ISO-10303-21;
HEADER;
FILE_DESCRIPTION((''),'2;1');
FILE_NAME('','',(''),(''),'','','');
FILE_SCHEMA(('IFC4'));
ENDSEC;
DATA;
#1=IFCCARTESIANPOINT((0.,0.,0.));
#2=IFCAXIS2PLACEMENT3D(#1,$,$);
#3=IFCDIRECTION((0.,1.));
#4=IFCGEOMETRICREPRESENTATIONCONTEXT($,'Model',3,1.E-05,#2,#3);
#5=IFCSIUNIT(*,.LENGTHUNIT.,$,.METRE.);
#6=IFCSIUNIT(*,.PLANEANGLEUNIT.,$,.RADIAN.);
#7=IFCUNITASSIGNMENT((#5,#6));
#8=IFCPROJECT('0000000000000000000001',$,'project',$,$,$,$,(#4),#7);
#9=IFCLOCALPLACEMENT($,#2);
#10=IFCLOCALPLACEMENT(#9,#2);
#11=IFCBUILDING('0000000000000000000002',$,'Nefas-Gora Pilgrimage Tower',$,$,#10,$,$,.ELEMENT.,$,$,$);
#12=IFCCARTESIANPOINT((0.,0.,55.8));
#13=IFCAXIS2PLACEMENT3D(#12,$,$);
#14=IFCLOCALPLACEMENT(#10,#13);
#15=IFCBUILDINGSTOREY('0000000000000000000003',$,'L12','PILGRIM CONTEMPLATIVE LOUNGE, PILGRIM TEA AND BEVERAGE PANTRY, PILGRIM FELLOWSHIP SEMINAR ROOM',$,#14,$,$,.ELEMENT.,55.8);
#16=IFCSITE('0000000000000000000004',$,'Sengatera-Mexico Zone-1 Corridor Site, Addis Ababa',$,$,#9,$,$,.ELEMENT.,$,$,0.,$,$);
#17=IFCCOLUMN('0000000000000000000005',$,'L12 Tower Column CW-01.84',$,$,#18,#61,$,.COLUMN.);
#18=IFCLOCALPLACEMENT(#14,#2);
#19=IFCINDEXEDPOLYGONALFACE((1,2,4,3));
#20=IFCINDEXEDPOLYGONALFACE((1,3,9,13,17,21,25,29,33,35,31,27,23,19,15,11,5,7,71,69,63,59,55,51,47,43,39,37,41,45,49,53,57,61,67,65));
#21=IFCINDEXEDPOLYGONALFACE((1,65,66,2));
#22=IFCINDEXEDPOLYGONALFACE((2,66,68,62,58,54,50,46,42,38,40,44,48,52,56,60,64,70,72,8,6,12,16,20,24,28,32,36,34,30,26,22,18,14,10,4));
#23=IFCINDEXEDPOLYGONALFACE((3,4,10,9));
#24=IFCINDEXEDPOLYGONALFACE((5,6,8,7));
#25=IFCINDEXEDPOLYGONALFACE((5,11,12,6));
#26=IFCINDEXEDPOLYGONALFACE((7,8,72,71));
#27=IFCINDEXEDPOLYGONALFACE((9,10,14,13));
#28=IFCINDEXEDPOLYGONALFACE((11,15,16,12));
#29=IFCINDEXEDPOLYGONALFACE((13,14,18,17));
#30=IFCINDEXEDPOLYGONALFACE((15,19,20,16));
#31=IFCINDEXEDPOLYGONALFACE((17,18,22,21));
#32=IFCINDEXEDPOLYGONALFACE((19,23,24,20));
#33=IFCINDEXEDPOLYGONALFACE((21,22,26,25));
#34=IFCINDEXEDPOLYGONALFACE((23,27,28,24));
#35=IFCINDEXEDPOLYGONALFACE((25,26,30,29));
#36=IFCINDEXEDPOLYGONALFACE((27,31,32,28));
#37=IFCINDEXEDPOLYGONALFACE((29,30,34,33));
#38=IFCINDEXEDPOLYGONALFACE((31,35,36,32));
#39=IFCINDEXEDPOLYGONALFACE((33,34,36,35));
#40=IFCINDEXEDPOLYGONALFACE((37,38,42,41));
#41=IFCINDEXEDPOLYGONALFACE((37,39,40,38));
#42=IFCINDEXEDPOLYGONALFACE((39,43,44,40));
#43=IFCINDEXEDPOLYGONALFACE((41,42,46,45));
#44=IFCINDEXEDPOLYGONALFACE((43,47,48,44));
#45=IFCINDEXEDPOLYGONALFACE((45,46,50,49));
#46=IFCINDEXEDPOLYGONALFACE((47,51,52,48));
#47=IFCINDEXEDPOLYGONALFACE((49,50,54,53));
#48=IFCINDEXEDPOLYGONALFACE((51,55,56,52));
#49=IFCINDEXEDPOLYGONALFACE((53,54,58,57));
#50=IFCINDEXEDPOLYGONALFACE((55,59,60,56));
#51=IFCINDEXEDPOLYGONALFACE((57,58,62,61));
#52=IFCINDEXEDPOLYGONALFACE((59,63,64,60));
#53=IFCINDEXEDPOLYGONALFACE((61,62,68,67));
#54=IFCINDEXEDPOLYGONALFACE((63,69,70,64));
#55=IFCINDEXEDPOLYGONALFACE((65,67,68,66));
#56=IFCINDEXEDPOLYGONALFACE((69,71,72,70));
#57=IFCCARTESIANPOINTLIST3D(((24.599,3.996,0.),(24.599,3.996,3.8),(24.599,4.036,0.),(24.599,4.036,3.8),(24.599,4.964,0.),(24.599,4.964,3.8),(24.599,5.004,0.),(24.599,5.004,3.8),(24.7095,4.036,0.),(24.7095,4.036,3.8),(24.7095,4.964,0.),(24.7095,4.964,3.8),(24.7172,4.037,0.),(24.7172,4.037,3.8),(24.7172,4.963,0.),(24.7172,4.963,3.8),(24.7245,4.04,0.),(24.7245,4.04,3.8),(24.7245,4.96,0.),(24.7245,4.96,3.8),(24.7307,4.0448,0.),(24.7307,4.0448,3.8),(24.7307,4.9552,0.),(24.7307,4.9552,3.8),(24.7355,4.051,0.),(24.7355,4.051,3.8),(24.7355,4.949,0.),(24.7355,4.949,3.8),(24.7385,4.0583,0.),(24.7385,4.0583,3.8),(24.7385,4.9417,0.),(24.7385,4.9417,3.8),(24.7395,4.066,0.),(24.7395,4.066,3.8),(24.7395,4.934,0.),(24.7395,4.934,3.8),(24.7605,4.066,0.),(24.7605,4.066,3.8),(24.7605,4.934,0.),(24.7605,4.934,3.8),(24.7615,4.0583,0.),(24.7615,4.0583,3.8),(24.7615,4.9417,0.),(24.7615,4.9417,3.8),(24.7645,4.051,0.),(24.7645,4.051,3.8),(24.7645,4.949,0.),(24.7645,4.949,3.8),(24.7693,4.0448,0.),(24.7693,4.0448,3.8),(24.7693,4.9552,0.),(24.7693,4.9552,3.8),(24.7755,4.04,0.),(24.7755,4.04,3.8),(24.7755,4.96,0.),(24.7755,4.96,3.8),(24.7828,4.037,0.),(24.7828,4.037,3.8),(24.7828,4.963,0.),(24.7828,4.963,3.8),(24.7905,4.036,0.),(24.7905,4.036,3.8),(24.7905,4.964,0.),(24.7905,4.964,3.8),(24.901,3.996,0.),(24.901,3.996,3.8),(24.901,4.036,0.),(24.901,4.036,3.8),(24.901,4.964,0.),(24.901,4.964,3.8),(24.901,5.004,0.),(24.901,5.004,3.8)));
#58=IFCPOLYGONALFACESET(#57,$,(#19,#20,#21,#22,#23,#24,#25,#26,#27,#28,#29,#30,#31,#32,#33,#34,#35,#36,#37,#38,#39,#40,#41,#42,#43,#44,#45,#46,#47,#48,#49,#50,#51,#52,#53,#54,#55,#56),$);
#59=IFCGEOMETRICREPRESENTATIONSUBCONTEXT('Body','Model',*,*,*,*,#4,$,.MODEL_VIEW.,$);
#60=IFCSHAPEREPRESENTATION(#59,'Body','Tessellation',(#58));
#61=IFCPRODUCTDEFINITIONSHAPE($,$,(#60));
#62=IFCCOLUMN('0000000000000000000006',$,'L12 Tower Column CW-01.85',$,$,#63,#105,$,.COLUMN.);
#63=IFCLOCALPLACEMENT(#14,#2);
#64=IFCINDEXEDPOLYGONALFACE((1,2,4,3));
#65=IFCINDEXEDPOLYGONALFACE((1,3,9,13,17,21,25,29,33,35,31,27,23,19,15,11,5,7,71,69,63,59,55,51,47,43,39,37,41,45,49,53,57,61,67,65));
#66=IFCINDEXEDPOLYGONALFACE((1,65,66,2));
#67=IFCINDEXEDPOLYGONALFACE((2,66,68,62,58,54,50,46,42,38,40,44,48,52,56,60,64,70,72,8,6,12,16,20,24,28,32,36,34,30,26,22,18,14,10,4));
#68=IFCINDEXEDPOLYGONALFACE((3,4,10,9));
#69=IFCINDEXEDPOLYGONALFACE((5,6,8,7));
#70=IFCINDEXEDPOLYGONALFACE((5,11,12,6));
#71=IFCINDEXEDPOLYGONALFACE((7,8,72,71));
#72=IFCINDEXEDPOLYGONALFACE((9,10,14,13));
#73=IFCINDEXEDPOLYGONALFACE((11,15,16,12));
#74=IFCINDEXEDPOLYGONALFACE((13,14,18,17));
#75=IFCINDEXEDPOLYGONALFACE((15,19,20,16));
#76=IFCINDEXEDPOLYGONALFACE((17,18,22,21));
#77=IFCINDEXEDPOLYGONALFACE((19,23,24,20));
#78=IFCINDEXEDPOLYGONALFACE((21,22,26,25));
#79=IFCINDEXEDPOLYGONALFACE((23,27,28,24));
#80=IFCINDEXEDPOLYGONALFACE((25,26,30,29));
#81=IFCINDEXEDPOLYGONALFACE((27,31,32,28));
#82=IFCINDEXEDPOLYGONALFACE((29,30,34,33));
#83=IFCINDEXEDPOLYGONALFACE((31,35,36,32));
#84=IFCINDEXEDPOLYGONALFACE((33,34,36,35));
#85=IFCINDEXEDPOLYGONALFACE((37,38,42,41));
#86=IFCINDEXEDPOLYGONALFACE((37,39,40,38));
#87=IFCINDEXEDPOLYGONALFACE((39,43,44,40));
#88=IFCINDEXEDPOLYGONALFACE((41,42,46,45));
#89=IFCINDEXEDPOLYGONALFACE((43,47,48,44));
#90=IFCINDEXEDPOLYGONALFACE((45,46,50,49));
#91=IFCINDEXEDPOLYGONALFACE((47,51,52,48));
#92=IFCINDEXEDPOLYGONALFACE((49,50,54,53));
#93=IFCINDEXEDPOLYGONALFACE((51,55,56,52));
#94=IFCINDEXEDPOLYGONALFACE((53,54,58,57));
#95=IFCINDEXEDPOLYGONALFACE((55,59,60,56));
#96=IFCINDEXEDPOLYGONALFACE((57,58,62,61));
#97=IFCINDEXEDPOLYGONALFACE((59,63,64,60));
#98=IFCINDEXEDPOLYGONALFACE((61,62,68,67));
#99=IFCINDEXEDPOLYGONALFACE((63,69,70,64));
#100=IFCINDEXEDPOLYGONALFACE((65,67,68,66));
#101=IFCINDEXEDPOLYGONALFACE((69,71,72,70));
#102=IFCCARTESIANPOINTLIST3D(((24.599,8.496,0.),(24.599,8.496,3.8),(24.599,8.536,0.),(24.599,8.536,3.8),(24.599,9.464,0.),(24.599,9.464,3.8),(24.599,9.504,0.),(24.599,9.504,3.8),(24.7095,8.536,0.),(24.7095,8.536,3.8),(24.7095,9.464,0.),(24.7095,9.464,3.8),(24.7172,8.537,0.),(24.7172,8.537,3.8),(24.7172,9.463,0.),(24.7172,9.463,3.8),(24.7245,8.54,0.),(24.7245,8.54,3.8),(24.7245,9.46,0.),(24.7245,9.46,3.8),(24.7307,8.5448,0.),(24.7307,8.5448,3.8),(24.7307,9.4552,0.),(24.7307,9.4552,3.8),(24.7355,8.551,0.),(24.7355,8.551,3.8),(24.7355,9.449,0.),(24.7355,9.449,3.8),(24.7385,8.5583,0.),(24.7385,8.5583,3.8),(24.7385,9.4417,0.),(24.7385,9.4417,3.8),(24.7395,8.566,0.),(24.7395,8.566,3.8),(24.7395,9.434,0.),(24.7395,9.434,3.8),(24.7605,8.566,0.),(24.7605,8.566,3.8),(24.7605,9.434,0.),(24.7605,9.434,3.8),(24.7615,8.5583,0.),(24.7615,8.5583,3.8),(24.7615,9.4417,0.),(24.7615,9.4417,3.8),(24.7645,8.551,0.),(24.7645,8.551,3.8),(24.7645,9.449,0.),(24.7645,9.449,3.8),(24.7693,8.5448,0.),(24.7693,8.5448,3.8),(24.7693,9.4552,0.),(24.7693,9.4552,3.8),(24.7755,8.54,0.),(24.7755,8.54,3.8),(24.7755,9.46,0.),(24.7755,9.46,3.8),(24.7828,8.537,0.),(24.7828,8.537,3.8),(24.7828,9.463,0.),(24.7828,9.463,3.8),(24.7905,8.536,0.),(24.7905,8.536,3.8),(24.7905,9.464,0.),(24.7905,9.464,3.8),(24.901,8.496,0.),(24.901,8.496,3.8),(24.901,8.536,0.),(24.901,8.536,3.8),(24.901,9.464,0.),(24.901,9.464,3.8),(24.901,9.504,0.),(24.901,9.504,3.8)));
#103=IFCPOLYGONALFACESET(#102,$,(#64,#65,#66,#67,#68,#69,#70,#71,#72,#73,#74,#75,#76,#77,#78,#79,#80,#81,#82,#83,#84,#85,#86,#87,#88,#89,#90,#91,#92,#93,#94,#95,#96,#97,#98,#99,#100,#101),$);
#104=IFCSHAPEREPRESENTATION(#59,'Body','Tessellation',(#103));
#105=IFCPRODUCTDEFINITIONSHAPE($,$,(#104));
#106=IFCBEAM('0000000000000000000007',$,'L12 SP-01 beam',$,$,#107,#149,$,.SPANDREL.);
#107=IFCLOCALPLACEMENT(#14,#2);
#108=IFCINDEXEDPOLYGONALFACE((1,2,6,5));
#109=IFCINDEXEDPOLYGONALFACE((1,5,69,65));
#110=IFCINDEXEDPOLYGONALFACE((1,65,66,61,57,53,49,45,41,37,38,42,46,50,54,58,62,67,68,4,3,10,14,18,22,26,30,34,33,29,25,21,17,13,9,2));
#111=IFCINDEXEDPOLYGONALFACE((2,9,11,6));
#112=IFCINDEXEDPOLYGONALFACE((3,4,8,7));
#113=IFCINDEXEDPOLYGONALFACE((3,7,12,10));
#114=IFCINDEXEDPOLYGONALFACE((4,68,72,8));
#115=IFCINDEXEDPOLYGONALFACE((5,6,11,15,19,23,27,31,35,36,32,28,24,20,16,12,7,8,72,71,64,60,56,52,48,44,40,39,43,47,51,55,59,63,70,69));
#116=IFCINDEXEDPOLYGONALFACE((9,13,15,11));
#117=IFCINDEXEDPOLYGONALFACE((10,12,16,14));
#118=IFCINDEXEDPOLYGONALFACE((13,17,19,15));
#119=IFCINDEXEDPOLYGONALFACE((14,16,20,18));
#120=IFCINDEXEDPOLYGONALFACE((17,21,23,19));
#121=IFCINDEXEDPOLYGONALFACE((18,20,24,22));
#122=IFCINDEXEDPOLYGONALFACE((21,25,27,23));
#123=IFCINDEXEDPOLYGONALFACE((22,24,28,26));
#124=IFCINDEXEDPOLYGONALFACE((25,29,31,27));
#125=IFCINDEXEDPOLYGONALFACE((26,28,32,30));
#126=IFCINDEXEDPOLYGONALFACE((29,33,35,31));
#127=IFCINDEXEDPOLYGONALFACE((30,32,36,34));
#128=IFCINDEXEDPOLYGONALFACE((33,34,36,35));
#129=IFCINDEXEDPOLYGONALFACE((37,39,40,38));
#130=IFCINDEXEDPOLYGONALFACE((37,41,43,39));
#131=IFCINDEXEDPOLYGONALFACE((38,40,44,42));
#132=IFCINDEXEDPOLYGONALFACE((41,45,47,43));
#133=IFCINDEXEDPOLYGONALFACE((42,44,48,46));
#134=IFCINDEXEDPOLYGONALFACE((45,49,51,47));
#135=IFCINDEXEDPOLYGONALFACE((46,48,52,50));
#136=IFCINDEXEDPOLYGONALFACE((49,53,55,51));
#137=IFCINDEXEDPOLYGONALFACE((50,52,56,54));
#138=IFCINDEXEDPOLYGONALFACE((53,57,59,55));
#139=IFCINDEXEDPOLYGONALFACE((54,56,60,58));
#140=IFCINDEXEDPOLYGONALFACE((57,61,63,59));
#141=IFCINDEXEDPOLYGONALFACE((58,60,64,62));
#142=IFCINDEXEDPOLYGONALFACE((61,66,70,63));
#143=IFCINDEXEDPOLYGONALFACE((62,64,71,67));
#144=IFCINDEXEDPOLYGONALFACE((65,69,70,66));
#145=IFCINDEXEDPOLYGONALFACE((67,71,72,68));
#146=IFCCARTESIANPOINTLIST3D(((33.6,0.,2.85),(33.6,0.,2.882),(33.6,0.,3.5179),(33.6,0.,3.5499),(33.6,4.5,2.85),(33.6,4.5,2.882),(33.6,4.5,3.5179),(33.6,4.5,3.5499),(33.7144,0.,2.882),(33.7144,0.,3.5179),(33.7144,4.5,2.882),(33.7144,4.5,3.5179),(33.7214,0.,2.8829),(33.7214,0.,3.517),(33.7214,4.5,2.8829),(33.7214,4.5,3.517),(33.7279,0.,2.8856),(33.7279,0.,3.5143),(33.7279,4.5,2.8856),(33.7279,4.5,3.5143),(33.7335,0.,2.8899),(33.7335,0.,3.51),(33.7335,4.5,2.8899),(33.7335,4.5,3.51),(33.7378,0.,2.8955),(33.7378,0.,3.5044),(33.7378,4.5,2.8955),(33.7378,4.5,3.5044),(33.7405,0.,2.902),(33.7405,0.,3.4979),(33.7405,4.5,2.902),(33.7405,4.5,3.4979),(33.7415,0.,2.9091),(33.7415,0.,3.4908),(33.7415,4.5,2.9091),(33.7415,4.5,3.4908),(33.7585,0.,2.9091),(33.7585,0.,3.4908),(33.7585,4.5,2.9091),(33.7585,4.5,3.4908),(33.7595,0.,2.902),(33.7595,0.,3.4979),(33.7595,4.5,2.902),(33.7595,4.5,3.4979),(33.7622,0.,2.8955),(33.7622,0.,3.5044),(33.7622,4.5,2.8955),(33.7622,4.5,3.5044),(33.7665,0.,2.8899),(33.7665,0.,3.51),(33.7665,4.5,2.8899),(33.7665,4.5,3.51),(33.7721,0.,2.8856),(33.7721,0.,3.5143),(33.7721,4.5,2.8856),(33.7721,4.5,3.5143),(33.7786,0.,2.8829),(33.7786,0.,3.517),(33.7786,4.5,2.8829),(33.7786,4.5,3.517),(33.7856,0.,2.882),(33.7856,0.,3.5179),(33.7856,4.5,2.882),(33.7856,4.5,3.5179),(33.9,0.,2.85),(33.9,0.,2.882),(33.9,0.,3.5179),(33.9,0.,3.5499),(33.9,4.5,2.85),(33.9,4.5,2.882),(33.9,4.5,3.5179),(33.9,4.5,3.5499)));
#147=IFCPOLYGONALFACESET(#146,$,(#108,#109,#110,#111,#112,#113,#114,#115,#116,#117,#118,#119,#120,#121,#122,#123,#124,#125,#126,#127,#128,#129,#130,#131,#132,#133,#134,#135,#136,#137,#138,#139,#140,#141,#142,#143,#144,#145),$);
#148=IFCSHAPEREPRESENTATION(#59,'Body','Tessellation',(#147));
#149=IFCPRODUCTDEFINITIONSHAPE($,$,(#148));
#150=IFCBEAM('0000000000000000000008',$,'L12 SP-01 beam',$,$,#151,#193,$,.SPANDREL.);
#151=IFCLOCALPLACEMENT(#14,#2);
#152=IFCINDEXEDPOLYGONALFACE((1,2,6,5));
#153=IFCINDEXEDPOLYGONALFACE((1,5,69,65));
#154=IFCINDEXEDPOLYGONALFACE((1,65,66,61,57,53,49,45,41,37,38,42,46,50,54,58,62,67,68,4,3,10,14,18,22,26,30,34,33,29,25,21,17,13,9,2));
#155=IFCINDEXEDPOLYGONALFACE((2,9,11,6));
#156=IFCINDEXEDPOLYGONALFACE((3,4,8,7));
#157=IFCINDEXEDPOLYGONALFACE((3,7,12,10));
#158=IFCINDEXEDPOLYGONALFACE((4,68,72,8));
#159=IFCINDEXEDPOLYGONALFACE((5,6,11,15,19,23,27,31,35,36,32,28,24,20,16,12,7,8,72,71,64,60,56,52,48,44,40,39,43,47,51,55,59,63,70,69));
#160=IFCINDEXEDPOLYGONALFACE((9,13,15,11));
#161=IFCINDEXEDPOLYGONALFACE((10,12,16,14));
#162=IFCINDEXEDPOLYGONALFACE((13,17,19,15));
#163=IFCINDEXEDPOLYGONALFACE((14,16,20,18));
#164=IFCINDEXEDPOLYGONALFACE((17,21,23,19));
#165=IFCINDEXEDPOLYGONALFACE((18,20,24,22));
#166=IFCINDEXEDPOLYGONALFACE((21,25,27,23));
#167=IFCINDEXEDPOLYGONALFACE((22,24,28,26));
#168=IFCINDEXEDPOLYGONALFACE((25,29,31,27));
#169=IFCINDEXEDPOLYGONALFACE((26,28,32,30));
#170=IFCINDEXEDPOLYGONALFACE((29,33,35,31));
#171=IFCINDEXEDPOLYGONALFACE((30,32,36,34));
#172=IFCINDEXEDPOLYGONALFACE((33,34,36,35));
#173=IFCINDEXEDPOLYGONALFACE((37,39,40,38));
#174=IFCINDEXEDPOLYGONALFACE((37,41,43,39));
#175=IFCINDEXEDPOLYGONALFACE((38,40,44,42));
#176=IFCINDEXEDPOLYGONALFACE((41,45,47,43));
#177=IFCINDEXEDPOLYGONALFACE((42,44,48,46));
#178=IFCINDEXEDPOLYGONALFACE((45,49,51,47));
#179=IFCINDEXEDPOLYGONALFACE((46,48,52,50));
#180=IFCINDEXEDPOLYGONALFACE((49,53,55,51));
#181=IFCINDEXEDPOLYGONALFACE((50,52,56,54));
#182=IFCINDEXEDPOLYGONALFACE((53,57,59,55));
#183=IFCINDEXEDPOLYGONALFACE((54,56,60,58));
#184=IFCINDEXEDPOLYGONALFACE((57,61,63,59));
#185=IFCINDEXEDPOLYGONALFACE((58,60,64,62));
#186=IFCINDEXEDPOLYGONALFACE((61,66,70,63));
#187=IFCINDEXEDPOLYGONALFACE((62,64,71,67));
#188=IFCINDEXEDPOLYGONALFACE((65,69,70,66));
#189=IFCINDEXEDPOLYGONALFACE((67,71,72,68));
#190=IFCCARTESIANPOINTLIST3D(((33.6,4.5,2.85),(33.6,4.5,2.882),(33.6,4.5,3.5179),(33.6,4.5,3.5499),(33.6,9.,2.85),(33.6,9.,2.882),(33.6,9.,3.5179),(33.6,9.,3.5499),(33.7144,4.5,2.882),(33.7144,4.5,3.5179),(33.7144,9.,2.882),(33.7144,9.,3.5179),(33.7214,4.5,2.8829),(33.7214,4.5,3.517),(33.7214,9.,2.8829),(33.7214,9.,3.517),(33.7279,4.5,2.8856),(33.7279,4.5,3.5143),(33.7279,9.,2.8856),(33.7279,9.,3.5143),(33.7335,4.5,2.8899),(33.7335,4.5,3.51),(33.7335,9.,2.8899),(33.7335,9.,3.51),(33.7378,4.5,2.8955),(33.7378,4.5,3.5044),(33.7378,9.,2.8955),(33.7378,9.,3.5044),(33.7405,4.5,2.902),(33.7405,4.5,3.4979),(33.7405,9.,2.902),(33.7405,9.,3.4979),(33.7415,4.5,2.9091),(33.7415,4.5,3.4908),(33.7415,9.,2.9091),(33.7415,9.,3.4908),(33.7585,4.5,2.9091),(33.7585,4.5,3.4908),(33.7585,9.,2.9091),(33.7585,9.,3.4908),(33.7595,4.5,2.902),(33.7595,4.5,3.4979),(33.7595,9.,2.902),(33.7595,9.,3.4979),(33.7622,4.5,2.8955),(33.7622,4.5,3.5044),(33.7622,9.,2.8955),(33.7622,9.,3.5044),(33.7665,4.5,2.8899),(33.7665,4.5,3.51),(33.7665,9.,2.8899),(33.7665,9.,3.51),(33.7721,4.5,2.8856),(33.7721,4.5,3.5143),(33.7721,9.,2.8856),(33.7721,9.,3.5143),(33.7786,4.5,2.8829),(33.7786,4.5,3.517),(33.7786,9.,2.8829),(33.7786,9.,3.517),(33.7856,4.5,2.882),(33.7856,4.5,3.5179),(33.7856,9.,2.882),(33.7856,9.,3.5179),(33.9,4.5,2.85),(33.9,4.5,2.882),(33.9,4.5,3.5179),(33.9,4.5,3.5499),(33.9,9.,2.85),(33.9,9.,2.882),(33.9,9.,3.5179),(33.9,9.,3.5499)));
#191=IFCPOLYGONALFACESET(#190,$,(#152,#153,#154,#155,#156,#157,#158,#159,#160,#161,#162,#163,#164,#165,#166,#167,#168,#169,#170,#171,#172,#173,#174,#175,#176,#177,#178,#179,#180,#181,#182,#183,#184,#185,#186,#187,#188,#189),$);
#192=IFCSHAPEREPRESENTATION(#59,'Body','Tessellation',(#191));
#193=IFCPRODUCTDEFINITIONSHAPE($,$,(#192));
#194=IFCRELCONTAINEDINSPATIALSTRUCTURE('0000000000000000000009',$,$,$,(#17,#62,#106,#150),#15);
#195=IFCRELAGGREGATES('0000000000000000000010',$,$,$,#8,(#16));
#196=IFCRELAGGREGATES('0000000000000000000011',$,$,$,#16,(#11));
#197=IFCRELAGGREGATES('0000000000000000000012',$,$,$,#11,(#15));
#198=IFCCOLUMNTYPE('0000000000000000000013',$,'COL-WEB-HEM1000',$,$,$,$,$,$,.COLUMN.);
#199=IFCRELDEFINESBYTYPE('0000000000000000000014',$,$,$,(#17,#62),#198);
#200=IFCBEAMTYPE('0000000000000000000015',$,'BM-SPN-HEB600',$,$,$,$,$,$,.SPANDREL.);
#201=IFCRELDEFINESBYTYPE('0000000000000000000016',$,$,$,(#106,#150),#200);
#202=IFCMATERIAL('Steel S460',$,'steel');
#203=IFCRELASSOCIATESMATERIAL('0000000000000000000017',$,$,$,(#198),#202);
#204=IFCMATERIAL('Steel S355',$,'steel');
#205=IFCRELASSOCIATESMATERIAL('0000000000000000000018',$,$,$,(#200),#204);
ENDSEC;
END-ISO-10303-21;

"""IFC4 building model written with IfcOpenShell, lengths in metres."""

from ifc_helpers import new_model, si_unit, direction, frame, origin, origin_2d, place, context, subcontext, project, spatial, i_section, extrude, source, transform, mapped, material, material_profile, profile_set, type_object, element, save


model = new_model("IFC4")

# Units and contexts
model_context = context("Model", 3, precision=1e-05, world=origin(), true_north=direction((0.0, 1.0)))
body_context = subcontext(model_context, "Body", "Model", "MODEL_VIEW")
ifc_project = project(units=[si_unit("LENGTHUNIT", "METRE"), si_unit("PLANEANGLEUNIT", "RADIAN")], contexts=[model_context])

# Site, building, storey
site_placement = place(None, origin())
site = spatial("IfcSite", under=ifc_project, at=site_placement, Name="Sengatera-Mexico Zone-1 Corridor Site, Addis Ababa", CompositionType="ELEMENT", RefElevation=0.0)
building_placement = place(site_placement, origin())
building = spatial("IfcBuilding", under=site, at=building_placement, Name="Nefas-Gora Pilgrimage Tower", CompositionType="ELEMENT")
storey_placement = place(building_placement, frame((0.0, 0.0, 55.8)))
storey = spatial("IfcBuildingStorey", under=building, at=storey_placement, Name="L12", Description="PILGRIM CONTEMPLATIVE LOUNGE, PILGRIM TEA AND BEVERAGE PANTRY, PILGRIM FELLOWSHIP SEMINAR ROOM", CompositionType="ELEMENT", Elevation=55.8)

# Columns
ifc_material_1 = material(Name="Steel S460", Category="steel")
ifc_material_profile_1 = material_profile(ifc_material_1, i_section(OverallWidth=0.302, OverallDepth=1.0081, WebThickness=0.021, FlangeThickness=0.04, FilletRadius=0.03, at=origin_2d()), Name="HEM 1000")
ifc_profile_set_1 = profile_set([ifc_material_profile_1], Name="Steel S460")
column_type_1 = type_object("IfcColumnType", Name="COL-WEB-HEM1000", PredefinedType="COLUMN", material=ifc_profile_set_1)
shared_shape_1 = source(origin(), body_context, "Body", "SweptSolid", [
    extrude(i_section(OverallWidth=0.302, OverallDepth=1.0081, WebThickness=0.021, FlangeThickness=0.04, FilletRadius=0.03, at=origin_2d()), origin(), (0.0, 0.0, 1.0), 3.8),
])
for number, where, z_axis, x_axis, name in (
    (1, (24.75, 4.5, 0.0), (0.0, 0.0, 1.0), (1.0, 0.0, 0.0), "L12 Tower Column CW-01.84"),
    (2, (24.75, 9.0, 0.0), (0.0, 0.0, 1.0), (1.0, 0.0, 0.0), "L12 Tower Column CW-01.85"),
):
    element("IfcColumn", number, at=place(storey_placement, frame(where, z_axis=z_axis, x_axis=x_axis)), inside=storey, type_object=column_type_1, Name=name, PredefinedType="COLUMN", context=body_context, shape_type="MappedRepresentation", body=[
        mapped(shared_shape_1, transform((0.0, 0.0, 0.0), x_axis=(1.0, 0.0, 0.0), y_axis=(0.0, 1.0, 0.0), z_axis=(0.0, 0.0, 1.0), scale=1.0)),
    ])

# Beams
ifc_material_2 = material(Name="Steel S355", Category="steel")
ifc_material_profile_2 = material_profile(ifc_material_2, i_section(OverallWidth=0.3, OverallDepth=0.7, WebThickness=0.0171, FlangeThickness=0.032, FilletRadius=0.0271, at=origin_2d()), Name="HEB 700")
ifc_profile_set_2 = profile_set([ifc_material_profile_2], Name="Steel S355")
beam_type_1 = type_object("IfcBeamType", Name="BM-SPN-HEB600", PredefinedType="SPANDREL", material=ifc_profile_set_2)
shared_shape_2 = source(origin(), body_context, "Body", "SweptSolid", [
    extrude(i_section(OverallWidth=0.3, OverallDepth=0.7, WebThickness=0.0171, FlangeThickness=0.032, FilletRadius=0.0271, at=origin_2d()), origin(), (0.0, 0.0, 1.0), 4.5),
])
for number, where, z_axis, x_axis, name in (
    (3, (33.75, 0.0, 3.2), (0.0, 1.0, 0.0), (-1.0, 0.0, 0.0), "L12 SP-01 beam"),
    (4, (33.75, 4.5, 3.2), (0.0, 1.0, 0.0), (-1.0, 0.0, 0.0), "L12 SP-01 beam"),
):
    element("IfcBeam", number, at=place(storey_placement, frame(where, z_axis=z_axis, x_axis=x_axis)), inside=storey, type_object=beam_type_1, Name=name, PredefinedType="SPANDREL", context=body_context, shape_type="MappedRepresentation", body=[
        mapped(shared_shape_2, transform((0.0, 0.0, 0.0), x_axis=(1.0, 0.0, 0.0), y_axis=(0.0, 1.0, 0.0), z_axis=(0.0, 0.0, 1.0), scale=1.0)),
    ])

save(model, "model.ifc")
